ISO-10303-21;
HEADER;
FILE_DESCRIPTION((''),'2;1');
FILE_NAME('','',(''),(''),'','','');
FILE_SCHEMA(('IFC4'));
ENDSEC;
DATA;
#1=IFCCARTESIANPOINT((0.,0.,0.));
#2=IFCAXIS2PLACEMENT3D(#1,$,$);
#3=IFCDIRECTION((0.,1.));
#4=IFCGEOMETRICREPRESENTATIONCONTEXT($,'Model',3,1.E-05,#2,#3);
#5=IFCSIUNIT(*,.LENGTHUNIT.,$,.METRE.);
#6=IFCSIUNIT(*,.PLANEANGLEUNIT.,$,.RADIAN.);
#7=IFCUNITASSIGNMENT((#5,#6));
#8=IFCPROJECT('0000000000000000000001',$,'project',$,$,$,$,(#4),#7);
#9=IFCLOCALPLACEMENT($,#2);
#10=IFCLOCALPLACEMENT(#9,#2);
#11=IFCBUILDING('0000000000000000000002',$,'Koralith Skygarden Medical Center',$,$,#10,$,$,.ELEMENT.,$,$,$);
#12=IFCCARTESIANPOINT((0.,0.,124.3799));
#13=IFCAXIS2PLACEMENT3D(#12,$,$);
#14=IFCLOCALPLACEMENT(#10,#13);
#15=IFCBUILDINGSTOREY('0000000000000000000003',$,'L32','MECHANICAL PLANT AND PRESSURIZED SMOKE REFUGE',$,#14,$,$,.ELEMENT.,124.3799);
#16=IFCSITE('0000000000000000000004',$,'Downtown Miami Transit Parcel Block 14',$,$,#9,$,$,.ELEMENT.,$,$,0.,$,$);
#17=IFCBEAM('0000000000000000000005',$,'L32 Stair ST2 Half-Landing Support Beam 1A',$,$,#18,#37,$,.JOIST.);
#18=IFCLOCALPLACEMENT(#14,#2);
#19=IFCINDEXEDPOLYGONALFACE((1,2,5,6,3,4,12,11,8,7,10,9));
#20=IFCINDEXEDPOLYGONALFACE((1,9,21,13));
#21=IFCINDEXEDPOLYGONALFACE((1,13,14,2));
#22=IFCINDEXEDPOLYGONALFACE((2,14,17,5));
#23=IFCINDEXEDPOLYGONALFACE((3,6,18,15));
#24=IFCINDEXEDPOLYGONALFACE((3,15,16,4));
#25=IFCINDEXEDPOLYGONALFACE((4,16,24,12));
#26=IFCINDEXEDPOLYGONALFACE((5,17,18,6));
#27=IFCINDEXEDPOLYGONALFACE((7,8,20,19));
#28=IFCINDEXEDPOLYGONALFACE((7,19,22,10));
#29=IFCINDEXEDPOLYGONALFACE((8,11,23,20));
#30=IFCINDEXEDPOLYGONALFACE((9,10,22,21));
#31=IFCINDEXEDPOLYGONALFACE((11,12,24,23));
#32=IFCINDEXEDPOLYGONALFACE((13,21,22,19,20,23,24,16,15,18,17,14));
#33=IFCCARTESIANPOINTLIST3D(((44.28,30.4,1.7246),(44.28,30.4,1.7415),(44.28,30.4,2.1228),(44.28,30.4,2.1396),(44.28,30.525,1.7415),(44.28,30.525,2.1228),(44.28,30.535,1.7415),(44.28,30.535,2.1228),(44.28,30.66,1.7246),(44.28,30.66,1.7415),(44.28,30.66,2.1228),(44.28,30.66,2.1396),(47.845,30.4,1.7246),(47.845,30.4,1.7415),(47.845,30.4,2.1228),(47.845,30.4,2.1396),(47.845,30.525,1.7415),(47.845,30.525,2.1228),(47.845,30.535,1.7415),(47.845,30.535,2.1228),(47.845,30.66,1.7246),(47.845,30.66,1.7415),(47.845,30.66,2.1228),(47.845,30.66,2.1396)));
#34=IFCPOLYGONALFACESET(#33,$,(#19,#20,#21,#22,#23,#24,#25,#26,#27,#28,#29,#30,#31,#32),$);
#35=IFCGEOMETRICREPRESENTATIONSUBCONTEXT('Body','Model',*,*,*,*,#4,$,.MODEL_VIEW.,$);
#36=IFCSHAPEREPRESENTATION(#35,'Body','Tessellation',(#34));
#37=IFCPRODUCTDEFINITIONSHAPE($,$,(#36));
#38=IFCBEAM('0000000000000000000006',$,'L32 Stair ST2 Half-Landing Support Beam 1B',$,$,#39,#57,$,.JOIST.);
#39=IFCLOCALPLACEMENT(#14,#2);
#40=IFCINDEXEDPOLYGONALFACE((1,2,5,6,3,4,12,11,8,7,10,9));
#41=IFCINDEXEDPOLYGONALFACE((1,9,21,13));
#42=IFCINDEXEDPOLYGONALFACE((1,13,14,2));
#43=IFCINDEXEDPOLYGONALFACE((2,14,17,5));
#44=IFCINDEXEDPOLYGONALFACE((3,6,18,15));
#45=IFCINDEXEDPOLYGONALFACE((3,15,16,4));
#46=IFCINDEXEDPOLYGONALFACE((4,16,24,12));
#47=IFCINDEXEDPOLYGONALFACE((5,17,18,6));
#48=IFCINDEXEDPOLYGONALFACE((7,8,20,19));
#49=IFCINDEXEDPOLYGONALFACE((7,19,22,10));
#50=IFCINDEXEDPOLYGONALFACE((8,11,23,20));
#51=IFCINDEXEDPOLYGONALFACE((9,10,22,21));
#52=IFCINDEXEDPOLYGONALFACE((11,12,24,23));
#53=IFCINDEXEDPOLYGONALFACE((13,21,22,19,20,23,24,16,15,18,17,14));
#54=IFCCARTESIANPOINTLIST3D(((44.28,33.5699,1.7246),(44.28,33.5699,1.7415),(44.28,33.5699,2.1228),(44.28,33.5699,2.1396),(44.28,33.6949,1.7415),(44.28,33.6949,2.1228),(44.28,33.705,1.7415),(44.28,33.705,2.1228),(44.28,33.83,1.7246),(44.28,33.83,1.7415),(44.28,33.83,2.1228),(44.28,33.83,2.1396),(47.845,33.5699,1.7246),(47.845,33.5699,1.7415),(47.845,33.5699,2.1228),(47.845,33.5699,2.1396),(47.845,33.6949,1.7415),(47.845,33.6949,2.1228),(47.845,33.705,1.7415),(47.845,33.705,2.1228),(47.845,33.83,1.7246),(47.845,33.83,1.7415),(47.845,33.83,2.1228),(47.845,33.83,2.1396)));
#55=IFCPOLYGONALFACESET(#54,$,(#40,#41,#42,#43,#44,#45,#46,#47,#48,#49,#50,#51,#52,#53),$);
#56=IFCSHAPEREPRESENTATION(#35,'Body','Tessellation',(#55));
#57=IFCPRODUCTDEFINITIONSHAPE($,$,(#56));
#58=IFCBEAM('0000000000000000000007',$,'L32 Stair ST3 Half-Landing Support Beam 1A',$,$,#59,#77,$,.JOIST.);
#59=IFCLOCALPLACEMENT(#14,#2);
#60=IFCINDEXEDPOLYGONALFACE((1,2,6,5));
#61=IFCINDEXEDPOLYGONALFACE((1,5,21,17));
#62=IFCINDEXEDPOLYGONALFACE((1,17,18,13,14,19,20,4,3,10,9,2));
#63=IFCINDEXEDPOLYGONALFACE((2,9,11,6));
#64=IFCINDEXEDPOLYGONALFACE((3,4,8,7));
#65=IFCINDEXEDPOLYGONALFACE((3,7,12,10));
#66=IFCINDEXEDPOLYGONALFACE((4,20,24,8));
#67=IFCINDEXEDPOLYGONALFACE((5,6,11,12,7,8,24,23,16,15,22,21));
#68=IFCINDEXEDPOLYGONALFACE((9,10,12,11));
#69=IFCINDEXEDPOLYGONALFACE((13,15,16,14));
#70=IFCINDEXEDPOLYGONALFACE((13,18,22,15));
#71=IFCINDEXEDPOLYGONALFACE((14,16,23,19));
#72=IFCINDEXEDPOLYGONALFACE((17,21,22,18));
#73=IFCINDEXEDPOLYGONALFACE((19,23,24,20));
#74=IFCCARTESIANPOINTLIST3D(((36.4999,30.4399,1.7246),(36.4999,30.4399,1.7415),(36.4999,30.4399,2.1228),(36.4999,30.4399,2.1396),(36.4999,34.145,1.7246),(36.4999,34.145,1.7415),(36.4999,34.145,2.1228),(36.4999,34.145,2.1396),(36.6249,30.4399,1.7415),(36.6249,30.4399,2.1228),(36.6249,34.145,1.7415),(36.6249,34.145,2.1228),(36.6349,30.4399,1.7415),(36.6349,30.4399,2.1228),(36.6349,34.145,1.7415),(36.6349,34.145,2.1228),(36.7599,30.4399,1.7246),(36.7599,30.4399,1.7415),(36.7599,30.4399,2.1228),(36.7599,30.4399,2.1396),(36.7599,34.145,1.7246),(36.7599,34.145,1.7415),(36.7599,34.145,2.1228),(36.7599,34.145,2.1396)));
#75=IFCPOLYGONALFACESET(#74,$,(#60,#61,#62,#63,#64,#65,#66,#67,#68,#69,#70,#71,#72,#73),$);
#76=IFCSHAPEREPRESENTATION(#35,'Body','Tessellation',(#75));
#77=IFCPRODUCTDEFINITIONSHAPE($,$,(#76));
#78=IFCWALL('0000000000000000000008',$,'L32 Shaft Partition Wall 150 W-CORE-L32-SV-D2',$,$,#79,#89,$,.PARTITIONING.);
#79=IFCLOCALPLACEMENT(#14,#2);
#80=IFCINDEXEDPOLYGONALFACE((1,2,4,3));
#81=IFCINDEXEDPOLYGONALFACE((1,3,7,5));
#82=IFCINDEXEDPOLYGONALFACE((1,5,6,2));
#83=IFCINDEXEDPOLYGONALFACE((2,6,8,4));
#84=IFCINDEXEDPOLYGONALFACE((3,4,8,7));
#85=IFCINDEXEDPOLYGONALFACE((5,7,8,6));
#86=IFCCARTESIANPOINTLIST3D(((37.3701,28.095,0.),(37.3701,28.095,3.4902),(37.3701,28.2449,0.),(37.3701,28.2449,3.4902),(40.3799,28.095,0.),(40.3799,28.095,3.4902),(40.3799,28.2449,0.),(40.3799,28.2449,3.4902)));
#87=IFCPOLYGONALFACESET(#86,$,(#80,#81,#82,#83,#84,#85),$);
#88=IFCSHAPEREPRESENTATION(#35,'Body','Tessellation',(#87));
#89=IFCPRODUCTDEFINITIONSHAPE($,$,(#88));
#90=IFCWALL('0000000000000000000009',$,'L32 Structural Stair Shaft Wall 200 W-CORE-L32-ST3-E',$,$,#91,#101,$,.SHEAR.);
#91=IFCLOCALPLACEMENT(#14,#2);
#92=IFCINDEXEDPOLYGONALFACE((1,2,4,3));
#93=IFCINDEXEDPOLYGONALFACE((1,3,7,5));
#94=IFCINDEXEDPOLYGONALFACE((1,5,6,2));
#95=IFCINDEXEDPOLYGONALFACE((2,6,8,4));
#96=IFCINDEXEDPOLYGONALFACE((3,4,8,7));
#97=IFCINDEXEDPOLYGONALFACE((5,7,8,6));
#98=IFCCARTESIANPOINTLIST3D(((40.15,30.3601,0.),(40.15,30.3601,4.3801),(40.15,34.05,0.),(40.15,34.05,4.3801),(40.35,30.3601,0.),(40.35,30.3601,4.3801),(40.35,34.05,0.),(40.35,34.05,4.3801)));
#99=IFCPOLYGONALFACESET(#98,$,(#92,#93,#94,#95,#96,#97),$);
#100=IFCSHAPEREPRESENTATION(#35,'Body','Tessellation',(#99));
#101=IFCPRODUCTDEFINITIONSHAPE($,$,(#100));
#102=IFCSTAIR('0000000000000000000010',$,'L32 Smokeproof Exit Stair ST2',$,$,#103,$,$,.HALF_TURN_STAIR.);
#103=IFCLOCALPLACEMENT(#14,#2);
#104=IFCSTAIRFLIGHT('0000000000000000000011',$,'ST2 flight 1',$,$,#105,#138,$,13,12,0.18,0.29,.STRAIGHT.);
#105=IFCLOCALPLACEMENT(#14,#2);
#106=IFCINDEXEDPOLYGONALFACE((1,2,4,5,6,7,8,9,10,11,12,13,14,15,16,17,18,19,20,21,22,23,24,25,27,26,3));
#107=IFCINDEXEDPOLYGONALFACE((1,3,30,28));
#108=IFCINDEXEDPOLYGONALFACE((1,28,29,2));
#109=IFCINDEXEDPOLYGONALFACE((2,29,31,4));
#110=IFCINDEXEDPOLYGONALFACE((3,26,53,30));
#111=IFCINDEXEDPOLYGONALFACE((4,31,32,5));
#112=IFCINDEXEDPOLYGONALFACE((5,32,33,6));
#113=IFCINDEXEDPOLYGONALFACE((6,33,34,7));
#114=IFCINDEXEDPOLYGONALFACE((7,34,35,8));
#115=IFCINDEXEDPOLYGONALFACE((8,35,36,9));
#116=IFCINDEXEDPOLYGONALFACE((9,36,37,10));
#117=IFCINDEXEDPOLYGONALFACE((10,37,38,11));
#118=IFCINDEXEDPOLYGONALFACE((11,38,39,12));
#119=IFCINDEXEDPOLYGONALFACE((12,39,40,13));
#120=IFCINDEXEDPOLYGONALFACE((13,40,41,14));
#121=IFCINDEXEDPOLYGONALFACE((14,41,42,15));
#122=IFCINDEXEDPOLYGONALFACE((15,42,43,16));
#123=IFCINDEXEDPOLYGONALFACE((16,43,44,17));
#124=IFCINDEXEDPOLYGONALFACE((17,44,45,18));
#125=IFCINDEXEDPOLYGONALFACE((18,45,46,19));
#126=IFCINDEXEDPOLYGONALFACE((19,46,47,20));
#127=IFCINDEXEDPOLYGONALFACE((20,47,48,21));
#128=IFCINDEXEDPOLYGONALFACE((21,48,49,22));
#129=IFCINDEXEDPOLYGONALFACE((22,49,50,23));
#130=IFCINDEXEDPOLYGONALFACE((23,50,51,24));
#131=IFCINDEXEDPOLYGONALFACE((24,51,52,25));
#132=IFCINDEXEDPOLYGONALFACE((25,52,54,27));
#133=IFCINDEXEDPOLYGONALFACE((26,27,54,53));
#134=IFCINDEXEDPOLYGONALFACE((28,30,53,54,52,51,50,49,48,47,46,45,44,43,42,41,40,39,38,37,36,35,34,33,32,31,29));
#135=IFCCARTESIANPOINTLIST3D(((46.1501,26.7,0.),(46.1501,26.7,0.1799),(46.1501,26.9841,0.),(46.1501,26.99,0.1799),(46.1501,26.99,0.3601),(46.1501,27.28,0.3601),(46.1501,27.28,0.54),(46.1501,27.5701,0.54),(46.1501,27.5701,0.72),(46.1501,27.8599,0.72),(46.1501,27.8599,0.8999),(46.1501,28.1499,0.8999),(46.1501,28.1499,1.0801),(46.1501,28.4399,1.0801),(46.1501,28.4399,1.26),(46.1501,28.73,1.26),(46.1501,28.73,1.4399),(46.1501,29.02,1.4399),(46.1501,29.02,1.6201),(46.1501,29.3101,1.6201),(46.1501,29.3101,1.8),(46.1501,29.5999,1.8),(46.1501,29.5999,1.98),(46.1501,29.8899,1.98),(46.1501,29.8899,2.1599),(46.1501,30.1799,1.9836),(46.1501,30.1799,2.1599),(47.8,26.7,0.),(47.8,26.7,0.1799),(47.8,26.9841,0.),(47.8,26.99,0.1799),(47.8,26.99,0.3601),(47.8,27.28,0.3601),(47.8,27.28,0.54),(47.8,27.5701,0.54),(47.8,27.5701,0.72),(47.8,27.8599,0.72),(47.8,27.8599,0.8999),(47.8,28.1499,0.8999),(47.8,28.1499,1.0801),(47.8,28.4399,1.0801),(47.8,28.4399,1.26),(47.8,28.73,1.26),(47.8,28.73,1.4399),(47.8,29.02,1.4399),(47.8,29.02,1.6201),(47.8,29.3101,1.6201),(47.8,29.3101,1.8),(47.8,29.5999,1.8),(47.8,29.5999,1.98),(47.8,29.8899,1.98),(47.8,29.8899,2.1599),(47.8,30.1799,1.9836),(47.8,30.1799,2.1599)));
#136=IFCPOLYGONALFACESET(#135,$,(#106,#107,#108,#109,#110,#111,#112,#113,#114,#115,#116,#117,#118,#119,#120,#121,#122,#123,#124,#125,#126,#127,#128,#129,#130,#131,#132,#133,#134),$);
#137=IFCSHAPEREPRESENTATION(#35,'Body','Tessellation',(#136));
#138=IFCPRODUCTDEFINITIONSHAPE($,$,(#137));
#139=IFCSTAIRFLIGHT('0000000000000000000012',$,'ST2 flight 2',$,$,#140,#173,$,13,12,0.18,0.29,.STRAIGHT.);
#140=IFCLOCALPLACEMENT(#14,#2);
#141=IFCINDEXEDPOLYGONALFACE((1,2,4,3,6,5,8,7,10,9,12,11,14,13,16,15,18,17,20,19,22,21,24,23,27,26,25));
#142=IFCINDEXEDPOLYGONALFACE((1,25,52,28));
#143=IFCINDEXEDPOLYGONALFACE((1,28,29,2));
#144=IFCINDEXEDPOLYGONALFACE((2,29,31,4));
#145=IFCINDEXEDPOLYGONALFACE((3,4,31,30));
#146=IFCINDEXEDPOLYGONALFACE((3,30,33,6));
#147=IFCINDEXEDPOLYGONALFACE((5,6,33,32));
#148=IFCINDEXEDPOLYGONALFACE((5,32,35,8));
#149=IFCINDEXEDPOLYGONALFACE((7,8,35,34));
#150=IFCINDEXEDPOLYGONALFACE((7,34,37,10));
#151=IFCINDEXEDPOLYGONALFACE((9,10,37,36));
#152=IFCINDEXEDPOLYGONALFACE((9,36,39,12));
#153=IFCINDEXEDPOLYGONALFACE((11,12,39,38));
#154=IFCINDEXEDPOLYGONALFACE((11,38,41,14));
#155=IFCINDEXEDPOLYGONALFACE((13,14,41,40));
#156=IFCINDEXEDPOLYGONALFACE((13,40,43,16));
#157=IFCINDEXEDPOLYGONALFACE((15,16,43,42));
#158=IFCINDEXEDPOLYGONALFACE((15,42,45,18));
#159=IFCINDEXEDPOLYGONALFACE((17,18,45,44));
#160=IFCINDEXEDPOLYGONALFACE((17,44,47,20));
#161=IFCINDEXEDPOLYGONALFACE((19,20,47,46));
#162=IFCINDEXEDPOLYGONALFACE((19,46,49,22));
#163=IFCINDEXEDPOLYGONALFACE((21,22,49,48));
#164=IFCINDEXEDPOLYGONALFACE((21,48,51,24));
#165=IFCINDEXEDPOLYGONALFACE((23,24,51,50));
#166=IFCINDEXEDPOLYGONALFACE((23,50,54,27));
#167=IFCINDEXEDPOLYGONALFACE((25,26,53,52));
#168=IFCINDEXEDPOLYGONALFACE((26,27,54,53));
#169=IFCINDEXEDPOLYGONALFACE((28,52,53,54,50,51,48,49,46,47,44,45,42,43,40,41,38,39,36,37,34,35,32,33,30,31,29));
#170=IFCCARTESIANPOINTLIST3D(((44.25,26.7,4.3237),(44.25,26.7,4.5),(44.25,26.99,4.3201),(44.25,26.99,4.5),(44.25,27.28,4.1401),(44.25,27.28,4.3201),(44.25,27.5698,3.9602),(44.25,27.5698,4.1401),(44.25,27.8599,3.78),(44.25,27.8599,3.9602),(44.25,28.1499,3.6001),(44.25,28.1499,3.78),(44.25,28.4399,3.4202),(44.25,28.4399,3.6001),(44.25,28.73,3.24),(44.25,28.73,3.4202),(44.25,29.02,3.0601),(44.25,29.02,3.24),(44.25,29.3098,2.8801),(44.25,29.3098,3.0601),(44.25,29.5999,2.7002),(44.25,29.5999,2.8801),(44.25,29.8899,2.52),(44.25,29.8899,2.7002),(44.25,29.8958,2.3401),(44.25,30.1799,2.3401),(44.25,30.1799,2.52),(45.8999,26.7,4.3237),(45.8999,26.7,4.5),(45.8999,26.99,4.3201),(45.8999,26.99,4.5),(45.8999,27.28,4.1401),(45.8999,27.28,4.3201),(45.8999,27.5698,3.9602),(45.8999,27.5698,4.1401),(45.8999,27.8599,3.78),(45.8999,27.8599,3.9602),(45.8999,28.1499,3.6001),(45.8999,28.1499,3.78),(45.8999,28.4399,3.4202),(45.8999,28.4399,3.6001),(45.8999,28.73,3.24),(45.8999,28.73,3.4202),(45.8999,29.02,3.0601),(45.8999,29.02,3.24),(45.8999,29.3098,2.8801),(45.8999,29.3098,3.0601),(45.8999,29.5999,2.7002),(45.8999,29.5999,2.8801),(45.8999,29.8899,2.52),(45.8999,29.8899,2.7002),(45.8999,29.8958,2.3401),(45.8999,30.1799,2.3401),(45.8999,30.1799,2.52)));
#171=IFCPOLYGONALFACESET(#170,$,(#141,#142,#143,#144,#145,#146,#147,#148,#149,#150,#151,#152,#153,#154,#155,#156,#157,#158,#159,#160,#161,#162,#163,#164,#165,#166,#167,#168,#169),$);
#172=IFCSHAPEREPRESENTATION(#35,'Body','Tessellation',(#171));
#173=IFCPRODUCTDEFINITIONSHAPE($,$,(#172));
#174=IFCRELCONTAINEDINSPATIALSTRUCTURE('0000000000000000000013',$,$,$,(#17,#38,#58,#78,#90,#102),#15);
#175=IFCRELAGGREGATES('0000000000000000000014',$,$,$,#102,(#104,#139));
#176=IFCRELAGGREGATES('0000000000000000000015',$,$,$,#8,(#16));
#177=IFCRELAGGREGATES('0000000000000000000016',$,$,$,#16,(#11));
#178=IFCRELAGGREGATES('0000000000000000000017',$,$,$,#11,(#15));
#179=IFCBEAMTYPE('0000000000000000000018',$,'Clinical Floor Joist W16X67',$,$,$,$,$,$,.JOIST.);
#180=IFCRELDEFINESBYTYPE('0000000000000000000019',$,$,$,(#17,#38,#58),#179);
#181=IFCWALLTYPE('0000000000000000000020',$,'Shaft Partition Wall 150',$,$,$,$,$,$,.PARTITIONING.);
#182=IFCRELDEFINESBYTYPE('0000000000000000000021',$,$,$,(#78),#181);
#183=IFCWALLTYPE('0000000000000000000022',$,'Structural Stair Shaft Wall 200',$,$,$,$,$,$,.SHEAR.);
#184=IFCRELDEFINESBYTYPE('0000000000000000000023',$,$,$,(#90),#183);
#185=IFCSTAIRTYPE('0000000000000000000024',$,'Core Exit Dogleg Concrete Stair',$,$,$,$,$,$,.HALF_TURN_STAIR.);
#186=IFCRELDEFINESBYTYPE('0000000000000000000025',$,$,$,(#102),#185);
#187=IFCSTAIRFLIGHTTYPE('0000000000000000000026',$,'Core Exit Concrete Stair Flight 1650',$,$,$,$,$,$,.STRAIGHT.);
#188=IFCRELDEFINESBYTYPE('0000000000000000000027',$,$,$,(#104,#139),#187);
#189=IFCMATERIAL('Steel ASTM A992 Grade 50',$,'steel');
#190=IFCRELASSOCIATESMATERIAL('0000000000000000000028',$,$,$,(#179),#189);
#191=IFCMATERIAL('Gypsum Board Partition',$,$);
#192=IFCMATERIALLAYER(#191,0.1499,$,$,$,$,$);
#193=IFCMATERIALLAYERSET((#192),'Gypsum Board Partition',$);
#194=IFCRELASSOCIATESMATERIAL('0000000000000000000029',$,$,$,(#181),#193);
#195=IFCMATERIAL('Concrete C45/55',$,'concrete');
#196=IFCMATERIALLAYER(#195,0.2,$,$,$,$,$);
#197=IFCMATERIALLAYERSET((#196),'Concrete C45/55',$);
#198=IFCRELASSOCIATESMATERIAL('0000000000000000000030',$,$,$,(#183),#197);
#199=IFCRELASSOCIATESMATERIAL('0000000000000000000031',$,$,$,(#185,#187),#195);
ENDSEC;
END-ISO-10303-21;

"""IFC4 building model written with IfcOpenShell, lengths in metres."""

from ifc_helpers import new_model, si_unit, direction, frame, frame_2d, origin, origin_2d, place, context, subcontext, project, spatial, polyline, rectangle, i_section, outline, extrude, material, layer, layer_set, material_profile, profile_set, type_object, element, aggregate, save


model = new_model("IFC4")

# Units and contexts
model_context = context("Model", 3, precision=1e-05, world=origin(), true_north=direction((0.0, 1.0)))
body_context = subcontext(model_context, "Body", "Model", "MODEL_VIEW")
ifc_project = project(units=[si_unit("LENGTHUNIT", "METRE"), si_unit("PLANEANGLEUNIT", "RADIAN")], contexts=[model_context])

# Site, building, storey
site_placement = place(None, origin())
site = spatial("IfcSite", under=ifc_project, at=site_placement, Name="Downtown Miami Transit Parcel Block 14", CompositionType="ELEMENT", RefElevation=0.0)
building_placement = place(site_placement, origin())
building = spatial("IfcBuilding", under=site, at=building_placement, Name="Koralith Skygarden Medical Center", CompositionType="ELEMENT")
storey_placement = place(building_placement, frame((0.0, 0.0, 124.3799)))
storey = spatial("IfcBuildingStorey", under=building, at=storey_placement, Name="L32", Description="MECHANICAL PLANT AND PRESSURIZED SMOKE REFUGE", CompositionType="ELEMENT", Elevation=124.3799)

# Beams
ifc_material_1 = material(Name="Steel ASTM A992 Grade 50", Category="steel")
ifc_material_profile = material_profile(ifc_material_1, i_section(OverallWidth=0.26, OverallDepth=0.415, WebThickness=0.01, FlangeThickness=0.0168, at=origin_2d()), Name="W16X67")
ifc_profile_set = profile_set([ifc_material_profile], Name="Steel ASTM A992 Grade 50")
beam_type = type_object("IfcBeamType", Name="Clinical Floor Joist W16X67", PredefinedType="JOIST", material=ifc_profile_set)
for number, where, z_axis, x_axis, name in (
    (1, (44.28, 30.53, 1.9321), (1.0, 0.0, 0.0), (0.0, 1.0, 0.0), "L32 Stair ST2 Half-Landing Support Beam 1A"),
    (2, (44.28, 33.7, 1.9321), (1.0, 0.0, 0.0), (0.0, 1.0, 0.0), "L32 Stair ST2 Half-Landing Support Beam 1B"),
):
    element("IfcBeam", number, at=place(storey_placement, frame(where, z_axis=z_axis, x_axis=x_axis)), inside=storey, type_object=beam_type, Name=name, PredefinedType="JOIST", context=body_context, shape_type="SweptSolid", body=[
        extrude(i_section(OverallWidth=0.26, OverallDepth=0.415, WebThickness=0.01, FlangeThickness=0.0168, at=origin_2d()), origin(), (0.0, 0.0, 1.0), 3.5649),
    ])
beam_placement = place(storey_placement, frame((36.6299, 30.4399, 1.9321), z_axis=(0.0, 1.0, 0.0), x_axis=(-1.0, 0.0, 0.0)))
element("IfcBeam", 3, at=beam_placement, inside=storey, type_object=beam_type, Name="L32 Stair ST3 Half-Landing Support Beam 1A", PredefinedType="JOIST", context=body_context, shape_type="SweptSolid", body=[
    extrude(i_section(OverallWidth=0.26, OverallDepth=0.415, WebThickness=0.01, FlangeThickness=0.0168, at=origin_2d()), origin(), (0.0, 0.0, 1.0), 3.7051),
])

# Walls
ifc_material_2 = material(Name="Gypsum Board Partition")
ifc_layer_1 = layer(ifc_material_2, 0.1499)
ifc_layer_set_1 = layer_set([ifc_layer_1], Name="Gypsum Board Partition")
wall_type_1 = type_object("IfcWallType", Name="Shaft Partition Wall 150", PredefinedType="PARTITIONING", material=ifc_layer_set_1)
wall_1_placement = place(storey_placement, frame((37.3701, 28.1699, 0.0), z_axis=(0.0, 0.0, 1.0), x_axis=(1.0, 0.0, 0.0)))
element("IfcWall", 4, at=wall_1_placement, inside=storey, type_object=wall_type_1, Name="L32 Shaft Partition Wall 150 W-CORE-L32-SV-D2", PredefinedType="PARTITIONING", context=body_context, shape_type="SweptSolid", body=[
    extrude(rectangle(XDim=3.0098, YDim=0.1499, at=frame_2d((1.5049, 0.0))), origin(), (0.0, 0.0, 1.0), 3.4902),
])
ifc_material_3 = material(Name="Concrete C45/55", Category="concrete")
ifc_layer_2 = layer(ifc_material_3, 0.2)
ifc_layer_set_2 = layer_set([ifc_layer_2], Name="Concrete C45/55")
wall_type_2 = type_object("IfcWallType", Name="Structural Stair Shaft Wall 200", PredefinedType="SHEAR", material=ifc_layer_set_2)
wall_2_placement = place(storey_placement, frame((40.25, 30.3601, 0.0), z_axis=(0.0, 0.0, 1.0), x_axis=(0.0, 1.0, 0.0)))
element("IfcWall", 5, at=wall_2_placement, inside=storey, type_object=wall_type_2, Name="L32 Structural Stair Shaft Wall 200 W-CORE-L32-ST3-E", PredefinedType="SHEAR", context=body_context, shape_type="SweptSolid", body=[
    extrude(rectangle(XDim=3.6899, YDim=0.2, at=frame_2d((1.845, 0.0))), origin(), (0.0, 0.0, 1.0), 4.3801),
])

# Stair, stair flights
stair_type = type_object("IfcStairType", Name="Core Exit Dogleg Concrete Stair", PredefinedType="HALF_TURN_STAIR", material=ifc_material_3)
stair_1_placement = place(storey_placement, origin())
stair_1 = element("IfcStair", 6, at=stair_1_placement, inside=storey, type_object=stair_type, Name="L32 Smokeproof Exit Stair ST2", PredefinedType="HALF_TURN_STAIR")
stair_flight_type = type_object("IfcStairFlightType", Name="Core Exit Concrete Stair Flight 1650", PredefinedType="STRAIGHT", material=ifc_material_3)
stair_flight_1_placement = place(storey_placement, frame((46.9751, 26.7, 0.0), z_axis=(0.0, 0.0, 1.0), x_axis=(0.0, 1.0, 0.0)))
stair_flight_1 = element("IfcStairFlight", 7, at=stair_flight_1_placement, type_object=stair_flight_type, Name="ST2 flight 1", NumberOfRisers=13, NumberOfTreads=12, PredefinedType="STRAIGHT", RiserHeight=0.18, TreadLength=0.29, context=body_context, shape_type="SweptSolid", body=[
    extrude(outline(polyline([(0.0, 0.0), (0.0, 0.1799), (0.29, 0.1799), (0.29, 0.3601), (0.5801, 0.3601), (0.5801, 0.54), (0.8701, 0.54), (0.8701, 0.72), (1.1599, 0.72), (1.1599, 0.8999), (1.45, 0.8999), (1.45, 1.0801), (1.74, 1.0801), (1.74, 1.26), (2.03, 1.26), (2.03, 1.4399), (2.3201, 1.4399), (2.3201, 1.6201), (2.6101, 1.6201), (2.6101, 1.8), (2.8999, 1.8), (2.8999, 1.98), (3.1899, 1.98), (3.1899, 2.1599), (3.48, 2.1599), (3.48, 2.3401), (3.48, 1.9836), (0.2842, 0.0), (0.0, 0.0)])), frame((0.0, 0.825, 0.0), z_axis=(0.0, -1.0, 0.0), x_axis=(1.0, 0.0, 0.0)), (0.0, 0.0, 1.0), 1.6499),
])
stair_flight_2_placement = place(storey_placement, frame((45.075, 30.1799, 2.3401), z_axis=(0.0, 0.0, 1.0), x_axis=(0.0, -1.0, 0.0)))
stair_flight_2 = element("IfcStairFlight", 8, at=stair_flight_2_placement, type_object=stair_flight_type, Name="ST2 flight 2", NumberOfRisers=13, NumberOfTreads=12, PredefinedType="STRAIGHT", RiserHeight=0.18, TreadLength=0.29, context=body_context, shape_type="SweptSolid", body=[
    extrude(outline(polyline([(0.0, 0.0), (0.0, 0.1799), (0.29, 0.1799), (0.29, 0.3601), (0.5801, 0.3601), (0.5801, 0.54), (0.8701, 0.54), (0.8701, 0.72), (1.1599, 0.72), (1.1599, 0.8999), (1.45, 0.8999), (1.45, 1.0801), (1.74, 1.0801), (1.74, 1.26), (2.03, 1.26), (2.03, 1.4399), (2.3201, 1.4399), (2.3201, 1.6201), (2.6101, 1.6201), (2.6101, 1.8), (2.8999, 1.8), (2.8999, 1.98), (3.1899, 1.98), (3.1899, 2.1599), (3.48, 2.1599), (3.48, 2.3401), (3.48, 1.9836), (0.2842, 0.0), (0.0, 0.0)])), frame((0.0, 0.825, 0.0), z_axis=(0.0, -1.0, 0.0), x_axis=(1.0, 0.0, 0.0)), (0.0, 0.0, 1.0), 1.6499),
])
aggregate(stair_1, [stair_flight_1, stair_flight_2])

save(model, "model.ifc")
